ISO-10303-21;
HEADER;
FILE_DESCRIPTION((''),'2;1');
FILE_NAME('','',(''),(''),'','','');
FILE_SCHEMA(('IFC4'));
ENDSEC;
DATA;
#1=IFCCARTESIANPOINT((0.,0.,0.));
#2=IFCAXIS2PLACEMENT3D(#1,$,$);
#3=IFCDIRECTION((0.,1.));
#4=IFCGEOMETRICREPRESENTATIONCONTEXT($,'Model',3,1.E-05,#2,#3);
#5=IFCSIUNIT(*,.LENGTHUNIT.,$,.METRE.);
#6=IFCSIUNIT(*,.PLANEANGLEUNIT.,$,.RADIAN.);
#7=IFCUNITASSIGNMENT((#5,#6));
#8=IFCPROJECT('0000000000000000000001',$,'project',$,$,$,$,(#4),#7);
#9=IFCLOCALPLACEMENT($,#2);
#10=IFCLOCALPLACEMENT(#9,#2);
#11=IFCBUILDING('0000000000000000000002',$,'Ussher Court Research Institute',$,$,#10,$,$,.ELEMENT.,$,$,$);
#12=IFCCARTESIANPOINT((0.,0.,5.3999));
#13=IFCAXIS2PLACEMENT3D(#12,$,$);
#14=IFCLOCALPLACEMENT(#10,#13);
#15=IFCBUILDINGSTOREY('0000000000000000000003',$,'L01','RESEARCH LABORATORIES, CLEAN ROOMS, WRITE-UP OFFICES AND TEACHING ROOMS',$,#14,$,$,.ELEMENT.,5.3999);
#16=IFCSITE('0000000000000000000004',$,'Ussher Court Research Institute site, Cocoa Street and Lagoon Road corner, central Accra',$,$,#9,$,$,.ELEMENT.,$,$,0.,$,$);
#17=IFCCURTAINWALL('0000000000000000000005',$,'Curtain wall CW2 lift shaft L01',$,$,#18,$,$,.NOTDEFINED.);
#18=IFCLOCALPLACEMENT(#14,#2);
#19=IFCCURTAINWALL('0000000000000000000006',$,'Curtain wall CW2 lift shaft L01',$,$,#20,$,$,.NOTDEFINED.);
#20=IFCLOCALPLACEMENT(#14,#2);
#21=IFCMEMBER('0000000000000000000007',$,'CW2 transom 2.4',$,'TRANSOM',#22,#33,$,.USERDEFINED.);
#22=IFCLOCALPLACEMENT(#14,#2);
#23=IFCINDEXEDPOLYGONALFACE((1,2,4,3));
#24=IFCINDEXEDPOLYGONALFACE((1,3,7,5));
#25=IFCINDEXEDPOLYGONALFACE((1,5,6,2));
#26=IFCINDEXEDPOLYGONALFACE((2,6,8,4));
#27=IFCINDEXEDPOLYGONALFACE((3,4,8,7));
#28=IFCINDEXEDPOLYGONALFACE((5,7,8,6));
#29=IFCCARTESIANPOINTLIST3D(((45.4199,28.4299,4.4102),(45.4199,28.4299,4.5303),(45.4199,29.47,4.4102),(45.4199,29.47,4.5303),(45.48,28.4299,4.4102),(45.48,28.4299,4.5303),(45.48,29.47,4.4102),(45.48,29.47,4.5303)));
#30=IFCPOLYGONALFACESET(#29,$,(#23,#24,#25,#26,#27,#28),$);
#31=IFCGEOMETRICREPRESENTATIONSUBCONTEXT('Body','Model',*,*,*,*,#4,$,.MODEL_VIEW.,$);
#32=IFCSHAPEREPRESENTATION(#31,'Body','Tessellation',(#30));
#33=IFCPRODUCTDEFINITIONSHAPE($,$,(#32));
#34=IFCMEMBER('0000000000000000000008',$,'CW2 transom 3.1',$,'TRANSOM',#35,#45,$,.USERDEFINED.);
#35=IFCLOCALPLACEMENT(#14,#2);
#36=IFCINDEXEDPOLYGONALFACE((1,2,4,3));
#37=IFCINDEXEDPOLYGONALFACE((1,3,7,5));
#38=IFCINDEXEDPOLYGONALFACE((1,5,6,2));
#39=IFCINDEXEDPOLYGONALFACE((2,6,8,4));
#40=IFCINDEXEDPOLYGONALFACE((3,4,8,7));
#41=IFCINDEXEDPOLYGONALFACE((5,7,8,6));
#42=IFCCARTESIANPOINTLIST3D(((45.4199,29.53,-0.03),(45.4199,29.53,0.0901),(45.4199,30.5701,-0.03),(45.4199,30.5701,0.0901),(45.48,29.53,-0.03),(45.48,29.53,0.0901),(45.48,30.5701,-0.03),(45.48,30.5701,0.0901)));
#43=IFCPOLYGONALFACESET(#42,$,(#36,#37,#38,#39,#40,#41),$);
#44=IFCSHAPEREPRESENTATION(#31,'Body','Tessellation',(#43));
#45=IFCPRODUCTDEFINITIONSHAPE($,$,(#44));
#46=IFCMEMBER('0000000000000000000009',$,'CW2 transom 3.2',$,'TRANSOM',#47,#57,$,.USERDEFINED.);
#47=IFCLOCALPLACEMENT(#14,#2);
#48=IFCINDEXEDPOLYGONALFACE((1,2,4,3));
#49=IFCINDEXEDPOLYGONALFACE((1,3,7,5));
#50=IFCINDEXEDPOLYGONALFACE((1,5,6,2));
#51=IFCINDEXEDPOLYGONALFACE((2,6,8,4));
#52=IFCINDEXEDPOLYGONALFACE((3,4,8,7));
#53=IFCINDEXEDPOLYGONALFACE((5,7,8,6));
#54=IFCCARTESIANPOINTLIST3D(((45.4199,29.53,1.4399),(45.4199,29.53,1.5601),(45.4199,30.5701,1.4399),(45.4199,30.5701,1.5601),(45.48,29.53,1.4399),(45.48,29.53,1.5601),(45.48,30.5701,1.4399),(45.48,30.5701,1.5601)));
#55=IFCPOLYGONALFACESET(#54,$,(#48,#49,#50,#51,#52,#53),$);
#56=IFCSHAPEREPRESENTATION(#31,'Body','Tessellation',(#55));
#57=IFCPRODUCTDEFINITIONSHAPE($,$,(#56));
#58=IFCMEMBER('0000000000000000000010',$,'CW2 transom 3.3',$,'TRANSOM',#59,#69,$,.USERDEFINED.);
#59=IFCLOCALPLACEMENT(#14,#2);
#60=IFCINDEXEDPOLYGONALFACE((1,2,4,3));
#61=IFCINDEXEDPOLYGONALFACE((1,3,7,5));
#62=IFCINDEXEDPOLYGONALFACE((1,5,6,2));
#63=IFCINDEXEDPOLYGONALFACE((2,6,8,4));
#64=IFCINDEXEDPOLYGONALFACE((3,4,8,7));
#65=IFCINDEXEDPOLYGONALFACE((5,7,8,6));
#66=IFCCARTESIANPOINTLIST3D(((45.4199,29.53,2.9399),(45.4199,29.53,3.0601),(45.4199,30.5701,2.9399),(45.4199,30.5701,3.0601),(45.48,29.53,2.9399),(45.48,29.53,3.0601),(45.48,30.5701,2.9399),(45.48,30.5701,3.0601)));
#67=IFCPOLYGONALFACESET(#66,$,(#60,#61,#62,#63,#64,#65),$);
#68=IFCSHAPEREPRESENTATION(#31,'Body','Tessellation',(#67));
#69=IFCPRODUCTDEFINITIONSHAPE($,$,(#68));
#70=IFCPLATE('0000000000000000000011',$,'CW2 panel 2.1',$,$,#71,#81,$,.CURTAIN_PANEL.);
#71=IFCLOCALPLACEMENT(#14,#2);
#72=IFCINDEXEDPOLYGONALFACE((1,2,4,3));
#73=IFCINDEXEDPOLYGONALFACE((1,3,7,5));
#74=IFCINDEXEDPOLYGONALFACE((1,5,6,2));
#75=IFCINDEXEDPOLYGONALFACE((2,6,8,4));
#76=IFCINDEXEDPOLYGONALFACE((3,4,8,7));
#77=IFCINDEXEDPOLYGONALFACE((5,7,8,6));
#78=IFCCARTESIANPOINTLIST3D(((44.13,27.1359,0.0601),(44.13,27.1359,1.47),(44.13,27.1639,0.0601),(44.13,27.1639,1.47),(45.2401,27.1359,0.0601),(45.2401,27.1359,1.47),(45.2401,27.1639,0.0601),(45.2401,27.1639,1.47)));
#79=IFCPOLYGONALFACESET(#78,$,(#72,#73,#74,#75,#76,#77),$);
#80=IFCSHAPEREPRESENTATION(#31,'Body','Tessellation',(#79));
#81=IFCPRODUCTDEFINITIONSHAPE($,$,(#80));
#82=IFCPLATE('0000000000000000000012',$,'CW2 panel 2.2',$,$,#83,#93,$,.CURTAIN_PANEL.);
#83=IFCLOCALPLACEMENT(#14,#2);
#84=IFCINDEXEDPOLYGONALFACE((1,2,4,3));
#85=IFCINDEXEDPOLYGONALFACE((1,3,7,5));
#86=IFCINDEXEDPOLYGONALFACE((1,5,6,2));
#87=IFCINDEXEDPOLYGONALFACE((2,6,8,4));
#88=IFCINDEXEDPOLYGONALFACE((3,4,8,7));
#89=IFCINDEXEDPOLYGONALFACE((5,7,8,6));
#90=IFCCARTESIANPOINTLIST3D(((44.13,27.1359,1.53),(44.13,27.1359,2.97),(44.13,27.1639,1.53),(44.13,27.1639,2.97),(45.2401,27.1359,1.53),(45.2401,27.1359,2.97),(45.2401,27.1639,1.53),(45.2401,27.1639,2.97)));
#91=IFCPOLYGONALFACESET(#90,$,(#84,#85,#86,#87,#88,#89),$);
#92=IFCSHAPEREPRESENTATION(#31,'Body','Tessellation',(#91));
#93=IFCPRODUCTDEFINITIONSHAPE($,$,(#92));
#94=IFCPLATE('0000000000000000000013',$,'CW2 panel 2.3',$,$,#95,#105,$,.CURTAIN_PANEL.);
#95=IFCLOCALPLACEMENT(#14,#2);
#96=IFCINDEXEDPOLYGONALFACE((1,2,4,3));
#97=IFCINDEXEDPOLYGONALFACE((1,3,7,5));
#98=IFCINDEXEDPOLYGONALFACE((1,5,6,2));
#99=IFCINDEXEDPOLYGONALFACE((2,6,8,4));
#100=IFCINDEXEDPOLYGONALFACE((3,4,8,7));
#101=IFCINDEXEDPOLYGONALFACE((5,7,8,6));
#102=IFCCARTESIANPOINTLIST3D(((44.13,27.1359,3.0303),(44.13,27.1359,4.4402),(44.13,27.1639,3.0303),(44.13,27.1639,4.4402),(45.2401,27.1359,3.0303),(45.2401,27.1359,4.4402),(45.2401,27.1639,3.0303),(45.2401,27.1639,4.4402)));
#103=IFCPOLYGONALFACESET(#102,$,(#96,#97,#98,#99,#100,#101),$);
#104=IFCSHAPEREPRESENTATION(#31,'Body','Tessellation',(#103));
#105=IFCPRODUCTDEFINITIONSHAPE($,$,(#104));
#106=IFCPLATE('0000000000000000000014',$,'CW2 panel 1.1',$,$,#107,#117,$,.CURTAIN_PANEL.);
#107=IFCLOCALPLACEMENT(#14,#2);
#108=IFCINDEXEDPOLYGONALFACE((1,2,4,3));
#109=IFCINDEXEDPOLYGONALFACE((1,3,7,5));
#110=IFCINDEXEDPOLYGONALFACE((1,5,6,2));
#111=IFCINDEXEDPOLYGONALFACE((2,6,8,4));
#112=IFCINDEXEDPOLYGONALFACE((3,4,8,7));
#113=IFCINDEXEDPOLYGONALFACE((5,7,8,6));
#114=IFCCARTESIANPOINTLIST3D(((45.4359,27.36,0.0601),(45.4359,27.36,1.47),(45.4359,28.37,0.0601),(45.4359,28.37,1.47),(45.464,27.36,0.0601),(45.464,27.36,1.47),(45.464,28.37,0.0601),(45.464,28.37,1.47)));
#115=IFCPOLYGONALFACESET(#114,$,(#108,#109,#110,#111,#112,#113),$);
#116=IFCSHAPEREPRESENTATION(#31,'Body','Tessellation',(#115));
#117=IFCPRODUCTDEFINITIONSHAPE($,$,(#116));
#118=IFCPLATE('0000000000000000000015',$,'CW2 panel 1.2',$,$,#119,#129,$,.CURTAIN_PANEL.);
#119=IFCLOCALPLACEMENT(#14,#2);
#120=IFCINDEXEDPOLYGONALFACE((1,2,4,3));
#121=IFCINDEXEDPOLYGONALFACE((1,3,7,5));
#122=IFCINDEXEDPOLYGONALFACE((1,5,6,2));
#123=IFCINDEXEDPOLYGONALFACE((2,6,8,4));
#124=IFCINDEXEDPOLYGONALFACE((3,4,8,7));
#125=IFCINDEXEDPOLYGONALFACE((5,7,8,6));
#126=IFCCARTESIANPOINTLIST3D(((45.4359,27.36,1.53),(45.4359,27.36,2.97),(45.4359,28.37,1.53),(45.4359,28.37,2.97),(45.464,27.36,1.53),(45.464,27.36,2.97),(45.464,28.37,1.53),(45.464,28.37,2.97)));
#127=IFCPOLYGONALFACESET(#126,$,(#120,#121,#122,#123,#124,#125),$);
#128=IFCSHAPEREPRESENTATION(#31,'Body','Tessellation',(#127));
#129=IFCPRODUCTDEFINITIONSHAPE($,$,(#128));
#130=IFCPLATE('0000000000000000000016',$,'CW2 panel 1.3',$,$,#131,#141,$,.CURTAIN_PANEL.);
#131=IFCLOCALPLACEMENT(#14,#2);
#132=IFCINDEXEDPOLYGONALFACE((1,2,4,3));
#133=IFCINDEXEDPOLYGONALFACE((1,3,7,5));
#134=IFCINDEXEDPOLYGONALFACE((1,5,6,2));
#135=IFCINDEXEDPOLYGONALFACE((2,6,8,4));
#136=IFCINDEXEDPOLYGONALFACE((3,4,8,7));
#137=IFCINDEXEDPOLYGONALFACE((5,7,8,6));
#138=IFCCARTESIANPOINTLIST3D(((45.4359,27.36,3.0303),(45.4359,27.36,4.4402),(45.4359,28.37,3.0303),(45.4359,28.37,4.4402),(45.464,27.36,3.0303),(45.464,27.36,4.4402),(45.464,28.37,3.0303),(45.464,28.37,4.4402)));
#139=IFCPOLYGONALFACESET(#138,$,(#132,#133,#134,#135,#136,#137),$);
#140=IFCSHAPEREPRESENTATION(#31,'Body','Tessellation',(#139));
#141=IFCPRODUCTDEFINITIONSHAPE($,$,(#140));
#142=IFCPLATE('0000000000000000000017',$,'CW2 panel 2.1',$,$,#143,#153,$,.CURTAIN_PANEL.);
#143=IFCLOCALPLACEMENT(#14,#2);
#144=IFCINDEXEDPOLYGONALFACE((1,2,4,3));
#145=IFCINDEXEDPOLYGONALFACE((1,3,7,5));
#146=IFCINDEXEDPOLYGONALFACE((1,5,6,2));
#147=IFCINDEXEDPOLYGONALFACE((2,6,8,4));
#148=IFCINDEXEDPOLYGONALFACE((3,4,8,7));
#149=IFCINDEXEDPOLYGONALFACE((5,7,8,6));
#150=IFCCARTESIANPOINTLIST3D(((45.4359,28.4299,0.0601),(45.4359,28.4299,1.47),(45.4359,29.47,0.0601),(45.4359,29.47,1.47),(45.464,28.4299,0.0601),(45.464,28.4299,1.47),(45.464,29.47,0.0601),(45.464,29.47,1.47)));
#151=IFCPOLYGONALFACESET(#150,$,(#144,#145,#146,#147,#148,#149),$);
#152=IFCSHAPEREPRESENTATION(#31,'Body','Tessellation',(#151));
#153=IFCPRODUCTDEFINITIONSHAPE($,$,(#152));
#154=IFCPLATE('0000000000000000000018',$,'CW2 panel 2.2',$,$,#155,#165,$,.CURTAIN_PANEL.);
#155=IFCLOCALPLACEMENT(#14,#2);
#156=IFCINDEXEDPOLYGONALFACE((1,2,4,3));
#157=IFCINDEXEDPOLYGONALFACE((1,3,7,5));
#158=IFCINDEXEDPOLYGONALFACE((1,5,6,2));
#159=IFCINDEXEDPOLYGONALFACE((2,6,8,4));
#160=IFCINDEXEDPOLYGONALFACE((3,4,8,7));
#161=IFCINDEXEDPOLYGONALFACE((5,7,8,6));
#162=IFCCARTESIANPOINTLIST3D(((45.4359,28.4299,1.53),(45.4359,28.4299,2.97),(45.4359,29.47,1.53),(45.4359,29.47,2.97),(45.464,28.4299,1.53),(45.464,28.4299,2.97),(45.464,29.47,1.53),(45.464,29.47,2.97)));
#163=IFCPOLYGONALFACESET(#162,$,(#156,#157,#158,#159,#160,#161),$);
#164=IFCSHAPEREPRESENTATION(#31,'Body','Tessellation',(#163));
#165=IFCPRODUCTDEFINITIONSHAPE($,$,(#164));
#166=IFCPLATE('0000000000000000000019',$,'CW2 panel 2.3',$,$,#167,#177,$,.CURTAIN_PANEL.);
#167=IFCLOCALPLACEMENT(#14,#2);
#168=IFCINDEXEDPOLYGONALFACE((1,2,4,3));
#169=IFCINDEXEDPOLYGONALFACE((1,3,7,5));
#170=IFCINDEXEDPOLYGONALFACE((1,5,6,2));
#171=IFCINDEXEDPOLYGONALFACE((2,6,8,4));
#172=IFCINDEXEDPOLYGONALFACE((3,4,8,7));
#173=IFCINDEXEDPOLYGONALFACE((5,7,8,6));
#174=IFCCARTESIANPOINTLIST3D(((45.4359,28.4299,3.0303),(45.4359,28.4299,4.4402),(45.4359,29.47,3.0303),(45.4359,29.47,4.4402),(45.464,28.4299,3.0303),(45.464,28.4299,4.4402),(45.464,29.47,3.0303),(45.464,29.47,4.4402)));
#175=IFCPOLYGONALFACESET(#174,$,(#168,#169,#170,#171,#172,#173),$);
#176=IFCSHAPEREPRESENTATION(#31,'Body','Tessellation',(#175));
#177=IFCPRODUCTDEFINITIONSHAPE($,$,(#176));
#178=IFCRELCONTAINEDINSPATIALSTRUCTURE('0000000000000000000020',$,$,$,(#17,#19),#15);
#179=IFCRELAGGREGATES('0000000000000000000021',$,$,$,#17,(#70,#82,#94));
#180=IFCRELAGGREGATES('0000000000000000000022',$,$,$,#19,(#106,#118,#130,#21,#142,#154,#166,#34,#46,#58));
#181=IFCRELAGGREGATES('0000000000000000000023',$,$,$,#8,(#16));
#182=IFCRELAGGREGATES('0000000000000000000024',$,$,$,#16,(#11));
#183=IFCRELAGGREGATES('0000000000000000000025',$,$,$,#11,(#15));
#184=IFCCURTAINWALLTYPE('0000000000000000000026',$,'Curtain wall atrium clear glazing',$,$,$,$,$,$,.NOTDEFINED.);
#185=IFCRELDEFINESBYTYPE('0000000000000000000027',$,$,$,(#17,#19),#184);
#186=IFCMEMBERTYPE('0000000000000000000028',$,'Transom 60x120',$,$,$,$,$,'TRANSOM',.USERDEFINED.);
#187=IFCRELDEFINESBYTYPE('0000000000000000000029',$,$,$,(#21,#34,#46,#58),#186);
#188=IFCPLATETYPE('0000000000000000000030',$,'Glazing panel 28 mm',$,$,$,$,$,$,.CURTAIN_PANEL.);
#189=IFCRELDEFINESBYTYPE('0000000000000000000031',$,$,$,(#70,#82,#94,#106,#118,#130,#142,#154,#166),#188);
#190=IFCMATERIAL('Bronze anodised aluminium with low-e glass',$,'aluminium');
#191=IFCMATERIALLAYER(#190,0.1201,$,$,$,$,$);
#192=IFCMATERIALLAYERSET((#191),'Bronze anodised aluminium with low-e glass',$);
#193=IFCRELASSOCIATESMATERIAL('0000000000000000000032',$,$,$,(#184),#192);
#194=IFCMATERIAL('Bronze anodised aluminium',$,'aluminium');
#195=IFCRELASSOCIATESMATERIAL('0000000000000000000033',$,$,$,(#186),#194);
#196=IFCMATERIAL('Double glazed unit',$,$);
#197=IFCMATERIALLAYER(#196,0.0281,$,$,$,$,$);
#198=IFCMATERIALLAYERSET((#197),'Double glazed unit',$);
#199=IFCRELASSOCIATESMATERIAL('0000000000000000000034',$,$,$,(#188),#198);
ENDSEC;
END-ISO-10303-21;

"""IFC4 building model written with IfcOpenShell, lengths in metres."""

from ifc_helpers import new_model, si_unit, direction, frame, origin, origin_2d, place, context, subcontext, project, spatial, rectangle, extrude, material, layer, layer_set, material_profile, profile_set, type_object, element, aggregate, save


model = new_model("IFC4")

# Units and contexts
model_context = context("Model", 3, precision=1e-05, world=origin(), true_north=direction((0.0, 1.0)))
body_context = subcontext(model_context, "Body", "Model", "MODEL_VIEW")
ifc_project = project(units=[si_unit("LENGTHUNIT", "METRE"), si_unit("PLANEANGLEUNIT", "RADIAN")], contexts=[model_context])

# Site, building, storey
site_placement = place(None, origin())
site = spatial("IfcSite", under=ifc_project, at=site_placement, Name="Ussher Court Research Institute site, Cocoa Street and Lagoon Road corner, central Accra", CompositionType="ELEMENT", RefElevation=0.0)
building_placement = place(site_placement, origin())
building = spatial("IfcBuilding", under=site, at=building_placement, Name="Ussher Court Research Institute", CompositionType="ELEMENT")
storey_placement = place(building_placement, frame((0.0, 0.0, 5.3999)))
storey = spatial("IfcBuildingStorey", under=building, at=storey_placement, Name="L01", Description="RESEARCH LABORATORIES, CLEAN ROOMS, WRITE-UP OFFICES AND TEACHING ROOMS", CompositionType="ELEMENT", Elevation=5.3999)

# Curtain wall
ifc_material_1 = material(Name="Bronze anodised aluminium with low-e glass", Category="aluminium")
ifc_layer_1 = layer(ifc_material_1, 0.1201)
ifc_layer_set_1 = layer_set([ifc_layer_1], Name="Bronze anodised aluminium with low-e glass")
curtain_wall_type = type_object("IfcCurtainWallType", Name="Curtain wall atrium clear glazing", PredefinedType="NOTDEFINED", material=ifc_layer_set_1)
curtain_wall_1_placement = place(storey_placement, origin())
curtain_wall_1 = element("IfcCurtainWall", 1, at=curtain_wall_1_placement, inside=storey, type_object=curtain_wall_type, Name="Curtain wall CW2 lift shaft L01", PredefinedType="NOTDEFINED")

# Curtain wall
curtain_wall_2_placement = place(storey_placement, origin())
curtain_wall_2 = element("IfcCurtainWall", 2, at=curtain_wall_2_placement, inside=storey, type_object=curtain_wall_type, Name="Curtain wall CW2 lift shaft L01", PredefinedType="NOTDEFINED")

# Members
ifc_material_2 = material(Name="Bronze anodised aluminium", Category="aluminium")
ifc_material_profile_1 = material_profile(ifc_material_2, rectangle(XDim=0.0601, YDim=0.1201, at=origin_2d()), Name="Transom 60x120")
ifc_profile_set_1 = profile_set([ifc_material_profile_1], Name="Bronze anodised aluminium")
member_type_1 = type_object("IfcMemberType", Name="Transom 60x120", ElementType="TRANSOM", PredefinedType="USERDEFINED", material=ifc_profile_set_1)
member_1_placement = place(storey_placement, frame((45.45, 28.4299, 4.4702), z_axis=(0.0, 1.0, 0.0), x_axis=(-1.0, 0.0, 0.0)))
member_1 = element("IfcMember", 3, at=member_1_placement, type_object=member_type_1, Name="CW2 transom 2.4", ObjectType="TRANSOM", PredefinedType="USERDEFINED", context=body_context, shape_type="SweptSolid", body=[
    extrude(rectangle(XDim=0.0601, YDim=0.1201, at=origin_2d()), origin(), (0.0, 0.0, 1.0), 1.04),
])
member_2_placement = place(storey_placement, frame((45.45, 29.53, 0.03), z_axis=(0.0, 1.0, 0.0), x_axis=(-1.0, 0.0, 0.0)))
member_2 = element("IfcMember", 4, at=member_2_placement, type_object=member_type_1, Name="CW2 transom 3.1", ObjectType="TRANSOM", PredefinedType="USERDEFINED", context=body_context, shape_type="SweptSolid", body=[
    extrude(rectangle(XDim=0.0601, YDim=0.1201, at=origin_2d()), origin(), (0.0, 0.0, 1.0), 1.04),
])
member_3_placement = place(storey_placement, frame((45.45, 29.53, 1.5), z_axis=(0.0, 1.0, 0.0), x_axis=(-1.0, 0.0, 0.0)))
member_3 = element("IfcMember", 5, at=member_3_placement, type_object=member_type_1, Name="CW2 transom 3.2", ObjectType="TRANSOM", PredefinedType="USERDEFINED", context=body_context, shape_type="SweptSolid", body=[
    extrude(rectangle(XDim=0.0601, YDim=0.1201, at=origin_2d()), origin(), (0.0, 0.0, 1.0), 1.04),
])
member_4_placement = place(storey_placement, frame((45.45, 29.53, 3.0), z_axis=(0.0, 1.0, 0.0), x_axis=(-1.0, 0.0, 0.0)))
member_4 = element("IfcMember", 6, at=member_4_placement, type_object=member_type_1, Name="CW2 transom 3.3", ObjectType="TRANSOM", PredefinedType="USERDEFINED", context=body_context, shape_type="SweptSolid", body=[
    extrude(rectangle(XDim=0.0601, YDim=0.1201, at=origin_2d()), origin(), (0.0, 0.0, 1.0), 1.04),
])

# Plates
ifc_material_3 = material(Name="Double glazed unit")
ifc_layer_2 = layer(ifc_material_3, 0.0281)
ifc_layer_set_2 = layer_set([ifc_layer_2], Name="Double glazed unit")
plate_type = type_object("IfcPlateType", Name="Glazing panel 28 mm", PredefinedType="CURTAIN_PANEL", material=ifc_layer_set_2)
plate_1_placement = place(storey_placement, frame((44.6851, 27.1499, 0.0601), z_axis=(0.0, 0.0, 1.0), x_axis=(1.0, 0.0, 0.0)))
plate_1 = element("IfcPlate", 7, at=plate_1_placement, type_object=plate_type, Name="CW2 panel 2.1", PredefinedType="CURTAIN_PANEL", context=body_context, shape_type="SweptSolid", body=[
    extrude(rectangle(XDim=1.1101, YDim=0.0281, at=origin_2d()), origin(), (0.0, 0.0, 1.0), 1.4099),
])
plate_2_placement = place(storey_placement, frame((44.6851, 27.1499, 1.53), z_axis=(0.0, 0.0, 1.0), x_axis=(1.0, 0.0, 0.0)))
plate_2 = element("IfcPlate", 8, at=plate_2_placement, type_object=plate_type, Name="CW2 panel 2.2", PredefinedType="CURTAIN_PANEL", context=body_context, shape_type="SweptSolid", body=[
    extrude(rectangle(XDim=1.1101, YDim=0.0281, at=origin_2d()), origin(), (0.0, 0.0, 1.0), 1.4399),
])
plate_3_placement = place(storey_placement, frame((44.6851, 27.1499, 3.0303), z_axis=(0.0, 0.0, 1.0), x_axis=(1.0, 0.0, 0.0)))
plate_3 = element("IfcPlate", 9, at=plate_3_placement, type_object=plate_type, Name="CW2 panel 2.3", PredefinedType="CURTAIN_PANEL", context=body_context, shape_type="SweptSolid", body=[
    extrude(rectangle(XDim=1.1101, YDim=0.0281, at=origin_2d()), origin(), (0.0, 0.0, 1.0), 1.4099),
])
aggregate(curtain_wall_1, [plate_1, plate_2, plate_3])
plate_4_placement = place(storey_placement, frame((45.45, 27.865, 0.0601), z_axis=(0.0, 0.0, 1.0), x_axis=(0.0, 1.0, 0.0)))
plate_4 = element("IfcPlate", 10, at=plate_4_placement, type_object=plate_type, Name="CW2 panel 1.1", PredefinedType="CURTAIN_PANEL", context=body_context, shape_type="SweptSolid", body=[
    extrude(rectangle(XDim=1.01, YDim=0.0281, at=origin_2d()), origin(), (0.0, 0.0, 1.0), 1.4099),
])
plate_5_placement = place(storey_placement, frame((45.45, 27.865, 1.53), z_axis=(0.0, 0.0, 1.0), x_axis=(0.0, 1.0, 0.0)))
plate_5 = element("IfcPlate", 11, at=plate_5_placement, type_object=plate_type, Name="CW2 panel 1.2", PredefinedType="CURTAIN_PANEL", context=body_context, shape_type="SweptSolid", body=[
    extrude(rectangle(XDim=1.01, YDim=0.0281, at=origin_2d()), origin(), (0.0, 0.0, 1.0), 1.4399),
])
plate_6_placement = place(storey_placement, frame((45.45, 27.865, 3.0303), z_axis=(0.0, 0.0, 1.0), x_axis=(0.0, 1.0, 0.0)))
plate_6 = element("IfcPlate", 12, at=plate_6_placement, type_object=plate_type, Name="CW2 panel 1.3", PredefinedType="CURTAIN_PANEL", context=body_context, shape_type="SweptSolid", body=[
    extrude(rectangle(XDim=1.01, YDim=0.0281, at=origin_2d()), origin(), (0.0, 0.0, 1.0), 1.4099),
])
plate_7_placement = place(storey_placement, frame((45.45, 28.95, 0.0601), z_axis=(0.0, 0.0, 1.0), x_axis=(0.0, 1.0, 0.0)))
plate_7 = element("IfcPlate", 13, at=plate_7_placement, type_object=plate_type, Name="CW2 panel 2.1", PredefinedType="CURTAIN_PANEL", context=body_context, shape_type="SweptSolid", body=[
    extrude(rectangle(XDim=1.04, YDim=0.0281, at=origin_2d()), origin(), (0.0, 0.0, 1.0), 1.4099),
])
plate_8_placement = place(storey_placement, frame((45.45, 28.95, 1.53), z_axis=(0.0, 0.0, 1.0), x_axis=(0.0, 1.0, 0.0)))
plate_8 = element("IfcPlate", 14, at=plate_8_placement, type_object=plate_type, Name="CW2 panel 2.2", PredefinedType="CURTAIN_PANEL", context=body_context, shape_type="SweptSolid", body=[
    extrude(rectangle(XDim=1.04, YDim=0.0281, at=origin_2d()), origin(), (0.0, 0.0, 1.0), 1.4399),
])
plate_9_placement = place(storey_placement, frame((45.45, 28.95, 3.0303), z_axis=(0.0, 0.0, 1.0), x_axis=(0.0, 1.0, 0.0)))
plate_9 = element("IfcPlate", 15, at=plate_9_placement, type_object=plate_type, Name="CW2 panel 2.3", PredefinedType="CURTAIN_PANEL", context=body_context, shape_type="SweptSolid", body=[
    extrude(rectangle(XDim=1.04, YDim=0.0281, at=origin_2d()), origin(), (0.0, 0.0, 1.0), 1.4099),
])
aggregate(curtain_wall_2, [plate_4, plate_5, plate_6, member_1, plate_7, plate_8, plate_9, member_2, member_3, member_4])

save(model, "model.ifc")
